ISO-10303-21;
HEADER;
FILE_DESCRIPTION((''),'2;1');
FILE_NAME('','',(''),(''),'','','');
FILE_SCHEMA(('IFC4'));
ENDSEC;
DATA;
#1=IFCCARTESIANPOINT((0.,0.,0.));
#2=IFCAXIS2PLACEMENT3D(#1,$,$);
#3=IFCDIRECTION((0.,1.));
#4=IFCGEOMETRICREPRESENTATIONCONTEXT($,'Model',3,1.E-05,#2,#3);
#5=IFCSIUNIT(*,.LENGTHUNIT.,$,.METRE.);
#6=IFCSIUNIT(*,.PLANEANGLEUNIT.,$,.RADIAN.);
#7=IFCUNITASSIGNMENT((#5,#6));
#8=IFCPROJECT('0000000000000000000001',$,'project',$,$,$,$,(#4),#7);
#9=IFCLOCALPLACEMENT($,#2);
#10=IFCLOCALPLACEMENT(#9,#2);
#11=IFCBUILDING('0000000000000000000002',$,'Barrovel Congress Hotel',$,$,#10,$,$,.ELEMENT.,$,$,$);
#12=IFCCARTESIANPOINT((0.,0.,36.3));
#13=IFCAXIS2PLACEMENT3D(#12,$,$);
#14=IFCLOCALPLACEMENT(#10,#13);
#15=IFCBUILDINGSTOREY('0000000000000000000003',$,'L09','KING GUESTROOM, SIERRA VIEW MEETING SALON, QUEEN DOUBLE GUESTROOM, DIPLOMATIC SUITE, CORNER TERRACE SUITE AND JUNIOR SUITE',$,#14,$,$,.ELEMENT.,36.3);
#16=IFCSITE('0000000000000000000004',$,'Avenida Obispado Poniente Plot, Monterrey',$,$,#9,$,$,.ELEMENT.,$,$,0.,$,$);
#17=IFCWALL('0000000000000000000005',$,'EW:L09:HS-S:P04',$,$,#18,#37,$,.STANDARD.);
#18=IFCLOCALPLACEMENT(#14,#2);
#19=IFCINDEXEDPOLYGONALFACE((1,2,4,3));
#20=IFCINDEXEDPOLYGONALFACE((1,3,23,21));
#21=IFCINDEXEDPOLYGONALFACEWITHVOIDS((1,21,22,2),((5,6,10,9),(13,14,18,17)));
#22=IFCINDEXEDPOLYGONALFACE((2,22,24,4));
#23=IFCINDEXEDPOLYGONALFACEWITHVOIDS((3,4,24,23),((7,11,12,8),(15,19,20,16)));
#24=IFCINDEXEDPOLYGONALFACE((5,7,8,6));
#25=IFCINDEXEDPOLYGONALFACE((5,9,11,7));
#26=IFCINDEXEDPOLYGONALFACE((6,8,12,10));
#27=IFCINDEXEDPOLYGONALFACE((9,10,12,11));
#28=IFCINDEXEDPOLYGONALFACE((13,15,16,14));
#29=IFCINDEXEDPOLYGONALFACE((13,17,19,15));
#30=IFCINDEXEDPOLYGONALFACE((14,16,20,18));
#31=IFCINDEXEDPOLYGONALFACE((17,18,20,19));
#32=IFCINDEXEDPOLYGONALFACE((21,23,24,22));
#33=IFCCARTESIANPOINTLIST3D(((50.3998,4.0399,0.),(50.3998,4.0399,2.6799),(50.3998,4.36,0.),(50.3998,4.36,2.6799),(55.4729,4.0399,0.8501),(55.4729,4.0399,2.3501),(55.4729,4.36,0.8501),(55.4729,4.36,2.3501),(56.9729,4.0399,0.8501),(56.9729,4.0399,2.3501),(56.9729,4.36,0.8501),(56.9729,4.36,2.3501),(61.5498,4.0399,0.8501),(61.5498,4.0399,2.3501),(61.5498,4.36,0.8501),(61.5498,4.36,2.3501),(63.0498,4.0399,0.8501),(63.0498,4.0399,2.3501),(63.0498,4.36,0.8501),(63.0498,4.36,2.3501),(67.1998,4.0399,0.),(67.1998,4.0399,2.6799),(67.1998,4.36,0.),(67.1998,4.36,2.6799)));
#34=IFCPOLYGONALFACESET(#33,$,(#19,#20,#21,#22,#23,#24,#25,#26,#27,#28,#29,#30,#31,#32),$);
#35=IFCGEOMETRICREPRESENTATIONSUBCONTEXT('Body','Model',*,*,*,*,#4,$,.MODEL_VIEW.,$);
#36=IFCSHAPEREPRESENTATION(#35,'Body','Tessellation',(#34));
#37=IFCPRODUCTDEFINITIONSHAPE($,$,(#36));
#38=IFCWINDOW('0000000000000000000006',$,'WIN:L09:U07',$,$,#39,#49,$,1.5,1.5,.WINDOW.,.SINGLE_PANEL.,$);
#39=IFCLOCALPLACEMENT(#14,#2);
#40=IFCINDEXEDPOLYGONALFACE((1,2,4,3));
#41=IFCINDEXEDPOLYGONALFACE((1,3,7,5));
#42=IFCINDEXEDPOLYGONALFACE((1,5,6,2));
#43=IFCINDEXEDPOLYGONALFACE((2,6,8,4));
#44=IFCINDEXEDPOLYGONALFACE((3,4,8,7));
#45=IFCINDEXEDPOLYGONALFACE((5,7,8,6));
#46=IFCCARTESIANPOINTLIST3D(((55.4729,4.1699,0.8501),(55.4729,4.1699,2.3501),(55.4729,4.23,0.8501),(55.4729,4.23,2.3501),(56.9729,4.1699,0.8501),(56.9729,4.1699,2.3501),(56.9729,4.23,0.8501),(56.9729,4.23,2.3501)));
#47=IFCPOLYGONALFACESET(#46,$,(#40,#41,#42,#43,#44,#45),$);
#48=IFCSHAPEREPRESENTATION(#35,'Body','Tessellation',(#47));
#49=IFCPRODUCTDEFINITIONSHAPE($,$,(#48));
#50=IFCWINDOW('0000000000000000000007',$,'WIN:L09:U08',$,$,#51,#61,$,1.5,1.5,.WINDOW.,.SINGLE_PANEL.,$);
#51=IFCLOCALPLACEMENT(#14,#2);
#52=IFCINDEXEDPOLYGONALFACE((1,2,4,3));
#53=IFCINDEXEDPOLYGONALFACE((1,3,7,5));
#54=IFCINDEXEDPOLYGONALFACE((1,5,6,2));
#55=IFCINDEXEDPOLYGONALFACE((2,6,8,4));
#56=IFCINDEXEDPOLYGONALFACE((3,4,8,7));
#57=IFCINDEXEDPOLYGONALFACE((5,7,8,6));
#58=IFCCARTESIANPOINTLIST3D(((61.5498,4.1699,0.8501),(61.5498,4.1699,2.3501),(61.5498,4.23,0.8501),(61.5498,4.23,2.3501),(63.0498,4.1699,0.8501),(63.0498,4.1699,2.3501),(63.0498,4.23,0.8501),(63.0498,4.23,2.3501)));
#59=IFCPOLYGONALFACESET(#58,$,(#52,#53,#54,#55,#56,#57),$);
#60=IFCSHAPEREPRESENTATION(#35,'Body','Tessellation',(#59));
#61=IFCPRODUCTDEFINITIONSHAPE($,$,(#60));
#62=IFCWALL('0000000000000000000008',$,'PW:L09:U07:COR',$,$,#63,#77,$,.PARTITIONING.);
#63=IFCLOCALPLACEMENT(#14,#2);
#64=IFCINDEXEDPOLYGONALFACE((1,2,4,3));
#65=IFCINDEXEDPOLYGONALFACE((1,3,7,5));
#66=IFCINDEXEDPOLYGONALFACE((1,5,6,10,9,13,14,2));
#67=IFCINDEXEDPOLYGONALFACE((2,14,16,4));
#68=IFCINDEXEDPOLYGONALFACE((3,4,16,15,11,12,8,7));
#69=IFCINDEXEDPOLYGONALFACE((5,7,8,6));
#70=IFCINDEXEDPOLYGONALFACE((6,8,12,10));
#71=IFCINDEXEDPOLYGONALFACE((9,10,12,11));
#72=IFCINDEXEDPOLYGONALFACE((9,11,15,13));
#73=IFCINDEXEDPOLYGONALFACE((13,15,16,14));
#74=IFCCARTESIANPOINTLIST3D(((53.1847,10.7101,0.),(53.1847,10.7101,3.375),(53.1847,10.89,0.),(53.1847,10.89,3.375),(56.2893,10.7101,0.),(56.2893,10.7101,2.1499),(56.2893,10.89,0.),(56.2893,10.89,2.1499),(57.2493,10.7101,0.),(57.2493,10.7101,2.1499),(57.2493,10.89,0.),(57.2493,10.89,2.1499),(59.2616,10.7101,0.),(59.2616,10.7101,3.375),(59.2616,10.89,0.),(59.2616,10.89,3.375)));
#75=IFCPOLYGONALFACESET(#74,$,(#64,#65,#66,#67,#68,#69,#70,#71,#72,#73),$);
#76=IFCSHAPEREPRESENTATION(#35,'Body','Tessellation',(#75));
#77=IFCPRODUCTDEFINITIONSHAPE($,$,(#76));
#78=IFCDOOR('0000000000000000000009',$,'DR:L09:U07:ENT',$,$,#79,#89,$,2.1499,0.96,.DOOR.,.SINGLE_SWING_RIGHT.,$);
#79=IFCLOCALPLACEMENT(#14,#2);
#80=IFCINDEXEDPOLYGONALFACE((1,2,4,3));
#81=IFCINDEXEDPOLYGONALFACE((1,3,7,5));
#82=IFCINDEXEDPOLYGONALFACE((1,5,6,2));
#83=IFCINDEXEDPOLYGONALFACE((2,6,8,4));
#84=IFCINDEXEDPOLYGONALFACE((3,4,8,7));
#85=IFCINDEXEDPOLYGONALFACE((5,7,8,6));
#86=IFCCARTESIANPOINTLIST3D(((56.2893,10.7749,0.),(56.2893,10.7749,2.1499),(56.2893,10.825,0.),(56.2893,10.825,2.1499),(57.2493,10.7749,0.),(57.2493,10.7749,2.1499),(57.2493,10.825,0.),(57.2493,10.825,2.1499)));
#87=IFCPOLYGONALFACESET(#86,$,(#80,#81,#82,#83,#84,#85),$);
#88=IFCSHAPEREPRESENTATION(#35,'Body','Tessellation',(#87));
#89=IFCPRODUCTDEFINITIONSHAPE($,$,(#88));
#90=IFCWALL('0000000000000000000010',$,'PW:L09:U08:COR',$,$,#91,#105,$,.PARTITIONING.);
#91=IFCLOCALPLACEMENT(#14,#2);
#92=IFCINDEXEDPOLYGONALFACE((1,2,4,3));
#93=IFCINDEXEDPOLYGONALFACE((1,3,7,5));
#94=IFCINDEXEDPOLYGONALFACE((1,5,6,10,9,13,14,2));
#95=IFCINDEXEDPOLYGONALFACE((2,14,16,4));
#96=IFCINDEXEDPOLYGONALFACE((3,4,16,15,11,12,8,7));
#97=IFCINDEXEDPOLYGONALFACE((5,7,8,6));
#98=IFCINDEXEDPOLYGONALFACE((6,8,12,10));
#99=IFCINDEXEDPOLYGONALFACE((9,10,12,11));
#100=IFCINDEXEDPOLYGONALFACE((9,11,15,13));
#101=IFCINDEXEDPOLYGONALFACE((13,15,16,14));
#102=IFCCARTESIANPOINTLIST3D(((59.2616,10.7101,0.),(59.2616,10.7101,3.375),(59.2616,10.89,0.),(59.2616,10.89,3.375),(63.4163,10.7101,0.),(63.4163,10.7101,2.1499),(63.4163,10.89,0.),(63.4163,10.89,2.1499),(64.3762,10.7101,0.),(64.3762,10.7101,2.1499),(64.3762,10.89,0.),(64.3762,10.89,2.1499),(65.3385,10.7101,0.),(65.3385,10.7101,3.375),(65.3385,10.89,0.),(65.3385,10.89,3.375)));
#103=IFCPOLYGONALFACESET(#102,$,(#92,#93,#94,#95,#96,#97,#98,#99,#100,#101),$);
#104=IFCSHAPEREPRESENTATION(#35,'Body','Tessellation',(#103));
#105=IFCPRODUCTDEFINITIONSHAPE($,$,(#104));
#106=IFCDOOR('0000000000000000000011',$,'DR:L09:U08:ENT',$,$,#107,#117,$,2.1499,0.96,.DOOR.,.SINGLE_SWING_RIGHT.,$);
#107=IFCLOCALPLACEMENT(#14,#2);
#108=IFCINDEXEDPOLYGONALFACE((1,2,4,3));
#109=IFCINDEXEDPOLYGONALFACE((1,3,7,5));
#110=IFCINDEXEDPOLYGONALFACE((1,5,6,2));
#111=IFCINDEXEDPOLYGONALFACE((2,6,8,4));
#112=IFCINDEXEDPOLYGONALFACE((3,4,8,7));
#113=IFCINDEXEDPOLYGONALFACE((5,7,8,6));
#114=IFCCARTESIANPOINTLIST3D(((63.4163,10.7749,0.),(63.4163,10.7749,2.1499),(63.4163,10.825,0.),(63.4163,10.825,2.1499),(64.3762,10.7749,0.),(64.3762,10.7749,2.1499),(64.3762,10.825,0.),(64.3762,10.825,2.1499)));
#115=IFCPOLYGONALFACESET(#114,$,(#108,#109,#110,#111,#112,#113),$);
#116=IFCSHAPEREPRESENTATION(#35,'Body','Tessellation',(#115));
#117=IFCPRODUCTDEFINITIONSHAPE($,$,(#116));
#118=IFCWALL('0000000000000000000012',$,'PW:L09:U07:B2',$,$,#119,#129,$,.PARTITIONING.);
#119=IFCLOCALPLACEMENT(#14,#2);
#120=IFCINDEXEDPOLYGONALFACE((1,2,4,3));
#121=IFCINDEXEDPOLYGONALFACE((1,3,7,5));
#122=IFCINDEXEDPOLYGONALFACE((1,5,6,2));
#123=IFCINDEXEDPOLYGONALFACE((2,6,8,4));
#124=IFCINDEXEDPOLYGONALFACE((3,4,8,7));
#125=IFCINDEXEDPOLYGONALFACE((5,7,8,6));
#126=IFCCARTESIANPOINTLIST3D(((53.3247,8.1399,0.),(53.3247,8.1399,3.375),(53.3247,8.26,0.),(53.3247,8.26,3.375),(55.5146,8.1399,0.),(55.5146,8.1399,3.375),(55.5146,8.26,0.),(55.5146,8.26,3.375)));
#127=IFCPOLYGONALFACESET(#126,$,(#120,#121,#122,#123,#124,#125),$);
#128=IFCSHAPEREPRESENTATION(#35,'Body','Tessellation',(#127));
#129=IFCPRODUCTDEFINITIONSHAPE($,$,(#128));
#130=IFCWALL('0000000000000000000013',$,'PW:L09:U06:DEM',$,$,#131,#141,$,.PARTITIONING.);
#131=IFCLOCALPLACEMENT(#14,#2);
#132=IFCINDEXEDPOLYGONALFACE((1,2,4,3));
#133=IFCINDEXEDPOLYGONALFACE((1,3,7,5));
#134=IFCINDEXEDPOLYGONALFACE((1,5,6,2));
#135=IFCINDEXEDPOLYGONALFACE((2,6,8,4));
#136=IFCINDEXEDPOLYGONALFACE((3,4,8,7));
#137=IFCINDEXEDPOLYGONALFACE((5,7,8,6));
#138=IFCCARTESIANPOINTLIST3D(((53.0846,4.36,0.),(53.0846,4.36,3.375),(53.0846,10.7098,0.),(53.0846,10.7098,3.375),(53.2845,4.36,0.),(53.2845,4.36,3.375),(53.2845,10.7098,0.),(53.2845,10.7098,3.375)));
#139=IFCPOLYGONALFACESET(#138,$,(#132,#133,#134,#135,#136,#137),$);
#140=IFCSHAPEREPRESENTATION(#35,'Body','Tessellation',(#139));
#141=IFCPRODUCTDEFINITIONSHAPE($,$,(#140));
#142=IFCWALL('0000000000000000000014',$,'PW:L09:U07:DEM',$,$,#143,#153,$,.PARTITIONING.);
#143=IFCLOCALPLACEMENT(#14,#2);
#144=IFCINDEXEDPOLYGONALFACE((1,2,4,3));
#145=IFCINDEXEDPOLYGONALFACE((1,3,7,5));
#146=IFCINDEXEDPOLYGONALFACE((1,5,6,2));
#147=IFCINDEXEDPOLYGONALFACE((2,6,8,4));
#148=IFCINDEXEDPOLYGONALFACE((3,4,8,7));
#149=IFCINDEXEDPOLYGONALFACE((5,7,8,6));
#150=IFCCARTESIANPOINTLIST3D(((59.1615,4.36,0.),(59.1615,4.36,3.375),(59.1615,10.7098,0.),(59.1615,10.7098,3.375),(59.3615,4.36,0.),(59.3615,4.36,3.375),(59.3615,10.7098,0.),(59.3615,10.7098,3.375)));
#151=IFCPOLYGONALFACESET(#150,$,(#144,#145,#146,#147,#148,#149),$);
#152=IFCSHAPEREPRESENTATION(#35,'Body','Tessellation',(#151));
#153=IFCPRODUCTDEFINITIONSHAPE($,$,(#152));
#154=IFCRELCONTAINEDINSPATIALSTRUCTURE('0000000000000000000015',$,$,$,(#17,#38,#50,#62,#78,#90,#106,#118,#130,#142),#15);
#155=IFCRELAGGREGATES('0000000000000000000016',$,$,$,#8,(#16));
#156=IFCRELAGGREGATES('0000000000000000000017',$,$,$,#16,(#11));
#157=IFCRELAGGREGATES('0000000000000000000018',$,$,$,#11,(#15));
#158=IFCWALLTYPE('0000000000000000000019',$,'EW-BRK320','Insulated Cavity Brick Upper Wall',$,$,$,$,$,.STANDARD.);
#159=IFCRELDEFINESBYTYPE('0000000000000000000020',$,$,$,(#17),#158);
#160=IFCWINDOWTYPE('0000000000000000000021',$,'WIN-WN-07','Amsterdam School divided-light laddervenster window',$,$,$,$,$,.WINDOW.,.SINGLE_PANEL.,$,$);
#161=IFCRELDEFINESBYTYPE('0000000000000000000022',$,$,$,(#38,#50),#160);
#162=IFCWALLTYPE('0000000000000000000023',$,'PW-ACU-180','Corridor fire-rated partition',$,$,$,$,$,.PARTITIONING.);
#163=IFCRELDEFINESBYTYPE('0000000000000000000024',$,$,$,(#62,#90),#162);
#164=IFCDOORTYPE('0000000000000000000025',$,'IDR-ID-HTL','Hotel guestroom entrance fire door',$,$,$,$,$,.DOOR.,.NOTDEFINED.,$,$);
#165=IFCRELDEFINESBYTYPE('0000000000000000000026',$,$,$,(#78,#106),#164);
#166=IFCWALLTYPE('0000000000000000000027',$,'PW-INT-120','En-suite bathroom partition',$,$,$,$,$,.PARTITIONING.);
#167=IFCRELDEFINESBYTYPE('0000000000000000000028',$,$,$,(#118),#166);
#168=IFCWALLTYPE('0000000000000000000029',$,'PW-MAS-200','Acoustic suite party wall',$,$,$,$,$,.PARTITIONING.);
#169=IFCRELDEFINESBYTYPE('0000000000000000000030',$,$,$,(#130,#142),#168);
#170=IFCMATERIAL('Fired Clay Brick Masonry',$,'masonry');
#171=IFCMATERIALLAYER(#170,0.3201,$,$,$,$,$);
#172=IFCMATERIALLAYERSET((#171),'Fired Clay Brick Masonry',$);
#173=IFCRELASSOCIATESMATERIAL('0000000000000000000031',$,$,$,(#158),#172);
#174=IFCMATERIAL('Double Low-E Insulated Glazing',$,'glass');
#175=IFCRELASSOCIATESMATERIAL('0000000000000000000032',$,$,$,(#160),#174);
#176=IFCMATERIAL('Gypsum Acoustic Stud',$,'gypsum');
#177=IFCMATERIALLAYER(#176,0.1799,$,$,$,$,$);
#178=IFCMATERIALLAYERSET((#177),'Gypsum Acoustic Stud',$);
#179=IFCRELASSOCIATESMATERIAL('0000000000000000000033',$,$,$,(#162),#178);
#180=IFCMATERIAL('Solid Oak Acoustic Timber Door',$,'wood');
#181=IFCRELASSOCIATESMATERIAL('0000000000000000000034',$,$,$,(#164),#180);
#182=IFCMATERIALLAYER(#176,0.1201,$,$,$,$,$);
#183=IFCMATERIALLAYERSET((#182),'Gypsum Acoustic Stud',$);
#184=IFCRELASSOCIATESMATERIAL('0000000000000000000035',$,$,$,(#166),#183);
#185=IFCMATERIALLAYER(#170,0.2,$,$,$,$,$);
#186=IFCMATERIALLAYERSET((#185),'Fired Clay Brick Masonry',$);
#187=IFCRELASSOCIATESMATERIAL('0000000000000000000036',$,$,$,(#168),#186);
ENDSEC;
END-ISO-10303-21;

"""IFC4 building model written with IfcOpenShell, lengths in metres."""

from ifc_helpers import new_model, si_unit, direction, frame, frame_2d, origin, place, context, subcontext, project, spatial, rectangle, extrude, material, layer, layer_set, type_object, element, fill, save


model = new_model("IFC4")

# Units and contexts
model_context = context("Model", 3, precision=1e-05, world=origin(), true_north=direction((0.0, 1.0)))
body_context = subcontext(model_context, "Body", "Model", "MODEL_VIEW")
ifc_project = project(units=[si_unit("LENGTHUNIT", "METRE"), si_unit("PLANEANGLEUNIT", "RADIAN")], contexts=[model_context])

# Site, building, storey
site_placement = place(None, origin())
site = spatial("IfcSite", under=ifc_project, at=site_placement, Name="Avenida Obispado Poniente Plot, Monterrey", CompositionType="ELEMENT", RefElevation=0.0)
building_placement = place(site_placement, origin())
building = spatial("IfcBuilding", under=site, at=building_placement, Name="Barrovel Congress Hotel", CompositionType="ELEMENT")
storey_placement = place(building_placement, frame((0.0, 0.0, 36.3)))
storey = spatial("IfcBuildingStorey", under=building, at=storey_placement, Name="L09", Description="KING GUESTROOM, SIERRA VIEW MEETING SALON, QUEEN DOUBLE GUESTROOM, DIPLOMATIC SUITE, CORNER TERRACE SUITE AND JUNIOR SUITE", CompositionType="ELEMENT", Elevation=36.3)

# Wall, openings, windows
ifc_material_1 = material(Name="Fired Clay Brick Masonry", Category="masonry")
ifc_layer_1 = layer(ifc_material_1, 0.3201)
ifc_layer_set_1 = layer_set([ifc_layer_1], Name="Fired Clay Brick Masonry")
wall_type_1 = type_object("IfcWallType", Name="EW-BRK320", Description="Insulated Cavity Brick Upper Wall", PredefinedType="STANDARD", material=ifc_layer_set_1)
wall_1_placement = place(storey_placement, frame((50.3999, 4.2, 0.0), z_axis=(0.0, 0.0, 1.0), x_axis=(1.0, 0.0, 0.0)))
wall_1 = element("IfcWall", 1, at=wall_1_placement, inside=storey, type_object=wall_type_1, Name="EW:L09:HS-S:P04", PredefinedType="STANDARD", context=body_context, shape_type="SweptSolid", body=[
    extrude(rectangle(XDim=16.8, YDim=0.3201, at=frame_2d((8.3999, 0.0))), origin(), (0.0, 0.0, 1.0), 2.6799),
])
opening_1_placement = place(wall_1_placement, frame((5.073, 0.0, 0.8501)))
opening_1 = element("IfcOpeningElement", 2, at=opening_1_placement, cuts=wall_1, PredefinedType="OPENING", context=body_context, shape_type="SweptSolid", body=[
    extrude(rectangle(XDim=1.5, YDim=1.5, at=frame_2d((0.75, 0.75))), frame((0.0, 0.1699, 0.0), z_axis=(0.0, -1.0, 0.0), x_axis=(1.0, 0.0, 0.0)), (0.0, 0.0, 1.0), 0.3401),
])
opening_2_placement = place(wall_1_placement, frame((11.1499, 0.0, 0.8501)))
opening_2 = element("IfcOpeningElement", 3, at=opening_2_placement, cuts=wall_1, PredefinedType="OPENING", context=body_context, shape_type="SweptSolid", body=[
    extrude(rectangle(XDim=1.5, YDim=1.5, at=frame_2d((0.75, 0.75))), frame((0.0, 0.1699, 0.0), z_axis=(0.0, -1.0, 0.0), x_axis=(1.0, 0.0, 0.0)), (0.0, 0.0, 1.0), 0.3401),
])
ifc_material_2 = material(Name="Double Low-E Insulated Glazing", Category="glass")
window_type = type_object("IfcWindowType", Name="WIN-WN-07", Description="Amsterdam School divided-light laddervenster window", PartitioningType="SINGLE_PANEL", PredefinedType="WINDOW", material=ifc_material_2)
window_1_placement = place(opening_1_placement, origin())
window_1 = element("IfcWindow", 4, at=window_1_placement, inside=storey, type_object=window_type, Name="WIN:L09:U07", OverallHeight=1.5, OverallWidth=1.5, PartitioningType="SINGLE_PANEL", PredefinedType="WINDOW", context=body_context, shape_type="SweptSolid", body=[
    extrude(rectangle(XDim=1.5, YDim=1.5, at=frame_2d((0.75, 0.75))), frame((0.0, 0.03, 0.0), z_axis=(0.0, -1.0, 0.0), x_axis=(1.0, 0.0, 0.0)), (0.0, 0.0, 1.0), 0.0601),
])
fill(opening_1, window_1)
window_2_placement = place(opening_2_placement, origin())
window_2 = element("IfcWindow", 5, at=window_2_placement, inside=storey, type_object=window_type, Name="WIN:L09:U08", OverallHeight=1.5, OverallWidth=1.5, PartitioningType="SINGLE_PANEL", PredefinedType="WINDOW", context=body_context, shape_type="SweptSolid", body=[
    extrude(rectangle(XDim=1.5, YDim=1.5, at=frame_2d((0.75, 0.75))), frame((0.0, 0.03, 0.0), z_axis=(0.0, -1.0, 0.0), x_axis=(1.0, 0.0, 0.0)), (0.0, 0.0, 1.0), 0.0601),
])
fill(opening_2, window_2)

# Walls, openings, doors
ifc_material_3 = material(Name="Gypsum Acoustic Stud", Category="gypsum")
ifc_layer_2 = layer(ifc_material_3, 0.1799)
ifc_layer_set_2 = layer_set([ifc_layer_2], Name="Gypsum Acoustic Stud")
wall_type_2 = type_object("IfcWallType", Name="PW-ACU-180", Description="Corridor fire-rated partition", PredefinedType="PARTITIONING", material=ifc_layer_set_2)
wall_2_placement = place(storey_placement, frame((53.1846, 10.8, 0.0), z_axis=(0.0, 0.0, 1.0), x_axis=(1.0, 0.0, 0.0)))
wall_2 = element("IfcWall", 6, at=wall_2_placement, inside=storey, type_object=wall_type_2, Name="PW:L09:U07:COR", PredefinedType="PARTITIONING", context=body_context, shape_type="SweptSolid", body=[
    extrude(rectangle(XDim=6.0769, YDim=0.1799, at=frame_2d((3.0386, 0.0))), origin(), (0.0, 0.0, 1.0), 3.375),
])
opening_3_placement = place(wall_2_placement, frame((3.1047, 0.0, 0.0)))
opening_3 = element("IfcOpeningElement", 7, at=opening_3_placement, cuts=wall_2, PredefinedType="OPENING", context=body_context, shape_type="SweptSolid", body=[
    extrude(rectangle(XDim=0.96, YDim=2.1499, at=frame_2d((0.48, 1.075))), frame((0.0, 0.1001, 0.0), z_axis=(0.0, -1.0, 0.0), x_axis=(1.0, 0.0, 0.0)), (0.0, 0.0, 1.0), 0.2),
])
ifc_material_4 = material(Name="Solid Oak Acoustic Timber Door", Category="wood")
door_type_1 = type_object("IfcDoorType", Name="IDR-ID-HTL", Description="Hotel guestroom entrance fire door", OperationType="NOTDEFINED", PredefinedType="DOOR", material=ifc_material_4)
door_1_placement = place(opening_3_placement, origin())
door_1 = element("IfcDoor", 8, at=door_1_placement, inside=storey, type_object=door_type_1, Name="DR:L09:U07:ENT", OperationType="SINGLE_SWING_RIGHT", OverallHeight=2.1499, OverallWidth=0.96, PredefinedType="DOOR", context=body_context, shape_type="SweptSolid", body=[
    extrude(rectangle(XDim=0.96, YDim=2.1499, at=frame_2d((0.48, 1.075))), frame((0.0, 0.0249, 0.0), z_axis=(0.0, -1.0, 0.0), x_axis=(1.0, 0.0, 0.0)), (0.0, 0.0, 1.0), 0.05),
])
fill(opening_3, door_1)
wall_3_placement = place(storey_placement, frame((59.2615, 10.8, 0.0), z_axis=(0.0, 0.0, 1.0), x_axis=(1.0, 0.0, 0.0)))
wall_3 = element("IfcWall", 9, at=wall_3_placement, inside=storey, type_object=wall_type_2, Name="PW:L09:U08:COR", PredefinedType="PARTITIONING", context=body_context, shape_type="SweptSolid", body=[
    extrude(rectangle(XDim=6.0769, YDim=0.1799, at=frame_2d((3.0386, 0.0))), origin(), (0.0, 0.0, 1.0), 3.375),
])
opening_4_placement = place(wall_3_placement, frame((4.1548, 0.0, 0.0)))
opening_4 = element("IfcOpeningElement", 10, at=opening_4_placement, cuts=wall_3, PredefinedType="OPENING", context=body_context, shape_type="SweptSolid", body=[
    extrude(rectangle(XDim=0.96, YDim=2.1499, at=frame_2d((0.48, 1.075))), frame((0.0, 0.1001, 0.0), z_axis=(0.0, -1.0, 0.0), x_axis=(1.0, 0.0, 0.0)), (0.0, 0.0, 1.0), 0.2),
])
door_2_placement = place(opening_4_placement, origin())
door_2 = element("IfcDoor", 11, at=door_2_placement, inside=storey, type_object=door_type_1, Name="DR:L09:U08:ENT", OperationType="SINGLE_SWING_RIGHT", OverallHeight=2.1499, OverallWidth=0.96, PredefinedType="DOOR", context=body_context, shape_type="SweptSolid", body=[
    extrude(rectangle(XDim=0.96, YDim=2.1499, at=frame_2d((0.48, 1.075))), frame((0.0, 0.0249, 0.0), z_axis=(0.0, -1.0, 0.0), x_axis=(1.0, 0.0, 0.0)), (0.0, 0.0, 1.0), 0.05),
])
fill(opening_4, door_2)

# Walls
ifc_layer_3 = layer(ifc_material_3, 0.1201)
ifc_layer_set_3 = layer_set([ifc_layer_3], Name="Gypsum Acoustic Stud")
wall_type_3 = type_object("IfcWallType", Name="PW-INT-120", Description="En-suite bathroom partition", PredefinedType="PARTITIONING", material=ifc_layer_set_3)
wall_4_placement = place(storey_placement, frame((53.3247, 8.2, 0.0), z_axis=(0.0, 0.0, 1.0), x_axis=(1.0, 0.0, 0.0)))
element("IfcWall", 12, at=wall_4_placement, inside=storey, type_object=wall_type_3, Name="PW:L09:U07:B2", PredefinedType="PARTITIONING", context=body_context, shape_type="SweptSolid", body=[
    extrude(rectangle(XDim=2.1899, YDim=0.1201, at=frame_2d((1.095, 0.0))), origin(), (0.0, 0.0, 1.0), 3.375),
])
ifc_layer_4 = layer(ifc_material_1, 0.2)
ifc_layer_set_4 = layer_set([ifc_layer_4], Name="Fired Clay Brick Masonry")
wall_type_4 = type_object("IfcWallType", Name="PW-MAS-200", Description="Acoustic suite party wall", PredefinedType="PARTITIONING", material=ifc_layer_set_4)
for number, where, z_axis, x_axis, name in (
    (13, (53.1846, 4.3601, 0.0), (0.0, 0.0, 1.0), (0.0, 1.0, 0.0), "PW:L09:U06:DEM"),
    (14, (59.2615, 4.3601, 0.0), (0.0, 0.0, 1.0), (0.0, 1.0, 0.0), "PW:L09:U07:DEM"),
):
    element("IfcWall", number, at=place(storey_placement, frame(where, z_axis=z_axis, x_axis=x_axis)), inside=storey, type_object=wall_type_4, Name=name, PredefinedType="PARTITIONING", context=body_context, shape_type="SweptSolid", body=[
        extrude(rectangle(XDim=6.3499, YDim=0.2, at=frame_2d((3.1748, 0.0))), origin(), (0.0, 0.0, 1.0), 3.375),
    ])

save(model, "model.ifc")
